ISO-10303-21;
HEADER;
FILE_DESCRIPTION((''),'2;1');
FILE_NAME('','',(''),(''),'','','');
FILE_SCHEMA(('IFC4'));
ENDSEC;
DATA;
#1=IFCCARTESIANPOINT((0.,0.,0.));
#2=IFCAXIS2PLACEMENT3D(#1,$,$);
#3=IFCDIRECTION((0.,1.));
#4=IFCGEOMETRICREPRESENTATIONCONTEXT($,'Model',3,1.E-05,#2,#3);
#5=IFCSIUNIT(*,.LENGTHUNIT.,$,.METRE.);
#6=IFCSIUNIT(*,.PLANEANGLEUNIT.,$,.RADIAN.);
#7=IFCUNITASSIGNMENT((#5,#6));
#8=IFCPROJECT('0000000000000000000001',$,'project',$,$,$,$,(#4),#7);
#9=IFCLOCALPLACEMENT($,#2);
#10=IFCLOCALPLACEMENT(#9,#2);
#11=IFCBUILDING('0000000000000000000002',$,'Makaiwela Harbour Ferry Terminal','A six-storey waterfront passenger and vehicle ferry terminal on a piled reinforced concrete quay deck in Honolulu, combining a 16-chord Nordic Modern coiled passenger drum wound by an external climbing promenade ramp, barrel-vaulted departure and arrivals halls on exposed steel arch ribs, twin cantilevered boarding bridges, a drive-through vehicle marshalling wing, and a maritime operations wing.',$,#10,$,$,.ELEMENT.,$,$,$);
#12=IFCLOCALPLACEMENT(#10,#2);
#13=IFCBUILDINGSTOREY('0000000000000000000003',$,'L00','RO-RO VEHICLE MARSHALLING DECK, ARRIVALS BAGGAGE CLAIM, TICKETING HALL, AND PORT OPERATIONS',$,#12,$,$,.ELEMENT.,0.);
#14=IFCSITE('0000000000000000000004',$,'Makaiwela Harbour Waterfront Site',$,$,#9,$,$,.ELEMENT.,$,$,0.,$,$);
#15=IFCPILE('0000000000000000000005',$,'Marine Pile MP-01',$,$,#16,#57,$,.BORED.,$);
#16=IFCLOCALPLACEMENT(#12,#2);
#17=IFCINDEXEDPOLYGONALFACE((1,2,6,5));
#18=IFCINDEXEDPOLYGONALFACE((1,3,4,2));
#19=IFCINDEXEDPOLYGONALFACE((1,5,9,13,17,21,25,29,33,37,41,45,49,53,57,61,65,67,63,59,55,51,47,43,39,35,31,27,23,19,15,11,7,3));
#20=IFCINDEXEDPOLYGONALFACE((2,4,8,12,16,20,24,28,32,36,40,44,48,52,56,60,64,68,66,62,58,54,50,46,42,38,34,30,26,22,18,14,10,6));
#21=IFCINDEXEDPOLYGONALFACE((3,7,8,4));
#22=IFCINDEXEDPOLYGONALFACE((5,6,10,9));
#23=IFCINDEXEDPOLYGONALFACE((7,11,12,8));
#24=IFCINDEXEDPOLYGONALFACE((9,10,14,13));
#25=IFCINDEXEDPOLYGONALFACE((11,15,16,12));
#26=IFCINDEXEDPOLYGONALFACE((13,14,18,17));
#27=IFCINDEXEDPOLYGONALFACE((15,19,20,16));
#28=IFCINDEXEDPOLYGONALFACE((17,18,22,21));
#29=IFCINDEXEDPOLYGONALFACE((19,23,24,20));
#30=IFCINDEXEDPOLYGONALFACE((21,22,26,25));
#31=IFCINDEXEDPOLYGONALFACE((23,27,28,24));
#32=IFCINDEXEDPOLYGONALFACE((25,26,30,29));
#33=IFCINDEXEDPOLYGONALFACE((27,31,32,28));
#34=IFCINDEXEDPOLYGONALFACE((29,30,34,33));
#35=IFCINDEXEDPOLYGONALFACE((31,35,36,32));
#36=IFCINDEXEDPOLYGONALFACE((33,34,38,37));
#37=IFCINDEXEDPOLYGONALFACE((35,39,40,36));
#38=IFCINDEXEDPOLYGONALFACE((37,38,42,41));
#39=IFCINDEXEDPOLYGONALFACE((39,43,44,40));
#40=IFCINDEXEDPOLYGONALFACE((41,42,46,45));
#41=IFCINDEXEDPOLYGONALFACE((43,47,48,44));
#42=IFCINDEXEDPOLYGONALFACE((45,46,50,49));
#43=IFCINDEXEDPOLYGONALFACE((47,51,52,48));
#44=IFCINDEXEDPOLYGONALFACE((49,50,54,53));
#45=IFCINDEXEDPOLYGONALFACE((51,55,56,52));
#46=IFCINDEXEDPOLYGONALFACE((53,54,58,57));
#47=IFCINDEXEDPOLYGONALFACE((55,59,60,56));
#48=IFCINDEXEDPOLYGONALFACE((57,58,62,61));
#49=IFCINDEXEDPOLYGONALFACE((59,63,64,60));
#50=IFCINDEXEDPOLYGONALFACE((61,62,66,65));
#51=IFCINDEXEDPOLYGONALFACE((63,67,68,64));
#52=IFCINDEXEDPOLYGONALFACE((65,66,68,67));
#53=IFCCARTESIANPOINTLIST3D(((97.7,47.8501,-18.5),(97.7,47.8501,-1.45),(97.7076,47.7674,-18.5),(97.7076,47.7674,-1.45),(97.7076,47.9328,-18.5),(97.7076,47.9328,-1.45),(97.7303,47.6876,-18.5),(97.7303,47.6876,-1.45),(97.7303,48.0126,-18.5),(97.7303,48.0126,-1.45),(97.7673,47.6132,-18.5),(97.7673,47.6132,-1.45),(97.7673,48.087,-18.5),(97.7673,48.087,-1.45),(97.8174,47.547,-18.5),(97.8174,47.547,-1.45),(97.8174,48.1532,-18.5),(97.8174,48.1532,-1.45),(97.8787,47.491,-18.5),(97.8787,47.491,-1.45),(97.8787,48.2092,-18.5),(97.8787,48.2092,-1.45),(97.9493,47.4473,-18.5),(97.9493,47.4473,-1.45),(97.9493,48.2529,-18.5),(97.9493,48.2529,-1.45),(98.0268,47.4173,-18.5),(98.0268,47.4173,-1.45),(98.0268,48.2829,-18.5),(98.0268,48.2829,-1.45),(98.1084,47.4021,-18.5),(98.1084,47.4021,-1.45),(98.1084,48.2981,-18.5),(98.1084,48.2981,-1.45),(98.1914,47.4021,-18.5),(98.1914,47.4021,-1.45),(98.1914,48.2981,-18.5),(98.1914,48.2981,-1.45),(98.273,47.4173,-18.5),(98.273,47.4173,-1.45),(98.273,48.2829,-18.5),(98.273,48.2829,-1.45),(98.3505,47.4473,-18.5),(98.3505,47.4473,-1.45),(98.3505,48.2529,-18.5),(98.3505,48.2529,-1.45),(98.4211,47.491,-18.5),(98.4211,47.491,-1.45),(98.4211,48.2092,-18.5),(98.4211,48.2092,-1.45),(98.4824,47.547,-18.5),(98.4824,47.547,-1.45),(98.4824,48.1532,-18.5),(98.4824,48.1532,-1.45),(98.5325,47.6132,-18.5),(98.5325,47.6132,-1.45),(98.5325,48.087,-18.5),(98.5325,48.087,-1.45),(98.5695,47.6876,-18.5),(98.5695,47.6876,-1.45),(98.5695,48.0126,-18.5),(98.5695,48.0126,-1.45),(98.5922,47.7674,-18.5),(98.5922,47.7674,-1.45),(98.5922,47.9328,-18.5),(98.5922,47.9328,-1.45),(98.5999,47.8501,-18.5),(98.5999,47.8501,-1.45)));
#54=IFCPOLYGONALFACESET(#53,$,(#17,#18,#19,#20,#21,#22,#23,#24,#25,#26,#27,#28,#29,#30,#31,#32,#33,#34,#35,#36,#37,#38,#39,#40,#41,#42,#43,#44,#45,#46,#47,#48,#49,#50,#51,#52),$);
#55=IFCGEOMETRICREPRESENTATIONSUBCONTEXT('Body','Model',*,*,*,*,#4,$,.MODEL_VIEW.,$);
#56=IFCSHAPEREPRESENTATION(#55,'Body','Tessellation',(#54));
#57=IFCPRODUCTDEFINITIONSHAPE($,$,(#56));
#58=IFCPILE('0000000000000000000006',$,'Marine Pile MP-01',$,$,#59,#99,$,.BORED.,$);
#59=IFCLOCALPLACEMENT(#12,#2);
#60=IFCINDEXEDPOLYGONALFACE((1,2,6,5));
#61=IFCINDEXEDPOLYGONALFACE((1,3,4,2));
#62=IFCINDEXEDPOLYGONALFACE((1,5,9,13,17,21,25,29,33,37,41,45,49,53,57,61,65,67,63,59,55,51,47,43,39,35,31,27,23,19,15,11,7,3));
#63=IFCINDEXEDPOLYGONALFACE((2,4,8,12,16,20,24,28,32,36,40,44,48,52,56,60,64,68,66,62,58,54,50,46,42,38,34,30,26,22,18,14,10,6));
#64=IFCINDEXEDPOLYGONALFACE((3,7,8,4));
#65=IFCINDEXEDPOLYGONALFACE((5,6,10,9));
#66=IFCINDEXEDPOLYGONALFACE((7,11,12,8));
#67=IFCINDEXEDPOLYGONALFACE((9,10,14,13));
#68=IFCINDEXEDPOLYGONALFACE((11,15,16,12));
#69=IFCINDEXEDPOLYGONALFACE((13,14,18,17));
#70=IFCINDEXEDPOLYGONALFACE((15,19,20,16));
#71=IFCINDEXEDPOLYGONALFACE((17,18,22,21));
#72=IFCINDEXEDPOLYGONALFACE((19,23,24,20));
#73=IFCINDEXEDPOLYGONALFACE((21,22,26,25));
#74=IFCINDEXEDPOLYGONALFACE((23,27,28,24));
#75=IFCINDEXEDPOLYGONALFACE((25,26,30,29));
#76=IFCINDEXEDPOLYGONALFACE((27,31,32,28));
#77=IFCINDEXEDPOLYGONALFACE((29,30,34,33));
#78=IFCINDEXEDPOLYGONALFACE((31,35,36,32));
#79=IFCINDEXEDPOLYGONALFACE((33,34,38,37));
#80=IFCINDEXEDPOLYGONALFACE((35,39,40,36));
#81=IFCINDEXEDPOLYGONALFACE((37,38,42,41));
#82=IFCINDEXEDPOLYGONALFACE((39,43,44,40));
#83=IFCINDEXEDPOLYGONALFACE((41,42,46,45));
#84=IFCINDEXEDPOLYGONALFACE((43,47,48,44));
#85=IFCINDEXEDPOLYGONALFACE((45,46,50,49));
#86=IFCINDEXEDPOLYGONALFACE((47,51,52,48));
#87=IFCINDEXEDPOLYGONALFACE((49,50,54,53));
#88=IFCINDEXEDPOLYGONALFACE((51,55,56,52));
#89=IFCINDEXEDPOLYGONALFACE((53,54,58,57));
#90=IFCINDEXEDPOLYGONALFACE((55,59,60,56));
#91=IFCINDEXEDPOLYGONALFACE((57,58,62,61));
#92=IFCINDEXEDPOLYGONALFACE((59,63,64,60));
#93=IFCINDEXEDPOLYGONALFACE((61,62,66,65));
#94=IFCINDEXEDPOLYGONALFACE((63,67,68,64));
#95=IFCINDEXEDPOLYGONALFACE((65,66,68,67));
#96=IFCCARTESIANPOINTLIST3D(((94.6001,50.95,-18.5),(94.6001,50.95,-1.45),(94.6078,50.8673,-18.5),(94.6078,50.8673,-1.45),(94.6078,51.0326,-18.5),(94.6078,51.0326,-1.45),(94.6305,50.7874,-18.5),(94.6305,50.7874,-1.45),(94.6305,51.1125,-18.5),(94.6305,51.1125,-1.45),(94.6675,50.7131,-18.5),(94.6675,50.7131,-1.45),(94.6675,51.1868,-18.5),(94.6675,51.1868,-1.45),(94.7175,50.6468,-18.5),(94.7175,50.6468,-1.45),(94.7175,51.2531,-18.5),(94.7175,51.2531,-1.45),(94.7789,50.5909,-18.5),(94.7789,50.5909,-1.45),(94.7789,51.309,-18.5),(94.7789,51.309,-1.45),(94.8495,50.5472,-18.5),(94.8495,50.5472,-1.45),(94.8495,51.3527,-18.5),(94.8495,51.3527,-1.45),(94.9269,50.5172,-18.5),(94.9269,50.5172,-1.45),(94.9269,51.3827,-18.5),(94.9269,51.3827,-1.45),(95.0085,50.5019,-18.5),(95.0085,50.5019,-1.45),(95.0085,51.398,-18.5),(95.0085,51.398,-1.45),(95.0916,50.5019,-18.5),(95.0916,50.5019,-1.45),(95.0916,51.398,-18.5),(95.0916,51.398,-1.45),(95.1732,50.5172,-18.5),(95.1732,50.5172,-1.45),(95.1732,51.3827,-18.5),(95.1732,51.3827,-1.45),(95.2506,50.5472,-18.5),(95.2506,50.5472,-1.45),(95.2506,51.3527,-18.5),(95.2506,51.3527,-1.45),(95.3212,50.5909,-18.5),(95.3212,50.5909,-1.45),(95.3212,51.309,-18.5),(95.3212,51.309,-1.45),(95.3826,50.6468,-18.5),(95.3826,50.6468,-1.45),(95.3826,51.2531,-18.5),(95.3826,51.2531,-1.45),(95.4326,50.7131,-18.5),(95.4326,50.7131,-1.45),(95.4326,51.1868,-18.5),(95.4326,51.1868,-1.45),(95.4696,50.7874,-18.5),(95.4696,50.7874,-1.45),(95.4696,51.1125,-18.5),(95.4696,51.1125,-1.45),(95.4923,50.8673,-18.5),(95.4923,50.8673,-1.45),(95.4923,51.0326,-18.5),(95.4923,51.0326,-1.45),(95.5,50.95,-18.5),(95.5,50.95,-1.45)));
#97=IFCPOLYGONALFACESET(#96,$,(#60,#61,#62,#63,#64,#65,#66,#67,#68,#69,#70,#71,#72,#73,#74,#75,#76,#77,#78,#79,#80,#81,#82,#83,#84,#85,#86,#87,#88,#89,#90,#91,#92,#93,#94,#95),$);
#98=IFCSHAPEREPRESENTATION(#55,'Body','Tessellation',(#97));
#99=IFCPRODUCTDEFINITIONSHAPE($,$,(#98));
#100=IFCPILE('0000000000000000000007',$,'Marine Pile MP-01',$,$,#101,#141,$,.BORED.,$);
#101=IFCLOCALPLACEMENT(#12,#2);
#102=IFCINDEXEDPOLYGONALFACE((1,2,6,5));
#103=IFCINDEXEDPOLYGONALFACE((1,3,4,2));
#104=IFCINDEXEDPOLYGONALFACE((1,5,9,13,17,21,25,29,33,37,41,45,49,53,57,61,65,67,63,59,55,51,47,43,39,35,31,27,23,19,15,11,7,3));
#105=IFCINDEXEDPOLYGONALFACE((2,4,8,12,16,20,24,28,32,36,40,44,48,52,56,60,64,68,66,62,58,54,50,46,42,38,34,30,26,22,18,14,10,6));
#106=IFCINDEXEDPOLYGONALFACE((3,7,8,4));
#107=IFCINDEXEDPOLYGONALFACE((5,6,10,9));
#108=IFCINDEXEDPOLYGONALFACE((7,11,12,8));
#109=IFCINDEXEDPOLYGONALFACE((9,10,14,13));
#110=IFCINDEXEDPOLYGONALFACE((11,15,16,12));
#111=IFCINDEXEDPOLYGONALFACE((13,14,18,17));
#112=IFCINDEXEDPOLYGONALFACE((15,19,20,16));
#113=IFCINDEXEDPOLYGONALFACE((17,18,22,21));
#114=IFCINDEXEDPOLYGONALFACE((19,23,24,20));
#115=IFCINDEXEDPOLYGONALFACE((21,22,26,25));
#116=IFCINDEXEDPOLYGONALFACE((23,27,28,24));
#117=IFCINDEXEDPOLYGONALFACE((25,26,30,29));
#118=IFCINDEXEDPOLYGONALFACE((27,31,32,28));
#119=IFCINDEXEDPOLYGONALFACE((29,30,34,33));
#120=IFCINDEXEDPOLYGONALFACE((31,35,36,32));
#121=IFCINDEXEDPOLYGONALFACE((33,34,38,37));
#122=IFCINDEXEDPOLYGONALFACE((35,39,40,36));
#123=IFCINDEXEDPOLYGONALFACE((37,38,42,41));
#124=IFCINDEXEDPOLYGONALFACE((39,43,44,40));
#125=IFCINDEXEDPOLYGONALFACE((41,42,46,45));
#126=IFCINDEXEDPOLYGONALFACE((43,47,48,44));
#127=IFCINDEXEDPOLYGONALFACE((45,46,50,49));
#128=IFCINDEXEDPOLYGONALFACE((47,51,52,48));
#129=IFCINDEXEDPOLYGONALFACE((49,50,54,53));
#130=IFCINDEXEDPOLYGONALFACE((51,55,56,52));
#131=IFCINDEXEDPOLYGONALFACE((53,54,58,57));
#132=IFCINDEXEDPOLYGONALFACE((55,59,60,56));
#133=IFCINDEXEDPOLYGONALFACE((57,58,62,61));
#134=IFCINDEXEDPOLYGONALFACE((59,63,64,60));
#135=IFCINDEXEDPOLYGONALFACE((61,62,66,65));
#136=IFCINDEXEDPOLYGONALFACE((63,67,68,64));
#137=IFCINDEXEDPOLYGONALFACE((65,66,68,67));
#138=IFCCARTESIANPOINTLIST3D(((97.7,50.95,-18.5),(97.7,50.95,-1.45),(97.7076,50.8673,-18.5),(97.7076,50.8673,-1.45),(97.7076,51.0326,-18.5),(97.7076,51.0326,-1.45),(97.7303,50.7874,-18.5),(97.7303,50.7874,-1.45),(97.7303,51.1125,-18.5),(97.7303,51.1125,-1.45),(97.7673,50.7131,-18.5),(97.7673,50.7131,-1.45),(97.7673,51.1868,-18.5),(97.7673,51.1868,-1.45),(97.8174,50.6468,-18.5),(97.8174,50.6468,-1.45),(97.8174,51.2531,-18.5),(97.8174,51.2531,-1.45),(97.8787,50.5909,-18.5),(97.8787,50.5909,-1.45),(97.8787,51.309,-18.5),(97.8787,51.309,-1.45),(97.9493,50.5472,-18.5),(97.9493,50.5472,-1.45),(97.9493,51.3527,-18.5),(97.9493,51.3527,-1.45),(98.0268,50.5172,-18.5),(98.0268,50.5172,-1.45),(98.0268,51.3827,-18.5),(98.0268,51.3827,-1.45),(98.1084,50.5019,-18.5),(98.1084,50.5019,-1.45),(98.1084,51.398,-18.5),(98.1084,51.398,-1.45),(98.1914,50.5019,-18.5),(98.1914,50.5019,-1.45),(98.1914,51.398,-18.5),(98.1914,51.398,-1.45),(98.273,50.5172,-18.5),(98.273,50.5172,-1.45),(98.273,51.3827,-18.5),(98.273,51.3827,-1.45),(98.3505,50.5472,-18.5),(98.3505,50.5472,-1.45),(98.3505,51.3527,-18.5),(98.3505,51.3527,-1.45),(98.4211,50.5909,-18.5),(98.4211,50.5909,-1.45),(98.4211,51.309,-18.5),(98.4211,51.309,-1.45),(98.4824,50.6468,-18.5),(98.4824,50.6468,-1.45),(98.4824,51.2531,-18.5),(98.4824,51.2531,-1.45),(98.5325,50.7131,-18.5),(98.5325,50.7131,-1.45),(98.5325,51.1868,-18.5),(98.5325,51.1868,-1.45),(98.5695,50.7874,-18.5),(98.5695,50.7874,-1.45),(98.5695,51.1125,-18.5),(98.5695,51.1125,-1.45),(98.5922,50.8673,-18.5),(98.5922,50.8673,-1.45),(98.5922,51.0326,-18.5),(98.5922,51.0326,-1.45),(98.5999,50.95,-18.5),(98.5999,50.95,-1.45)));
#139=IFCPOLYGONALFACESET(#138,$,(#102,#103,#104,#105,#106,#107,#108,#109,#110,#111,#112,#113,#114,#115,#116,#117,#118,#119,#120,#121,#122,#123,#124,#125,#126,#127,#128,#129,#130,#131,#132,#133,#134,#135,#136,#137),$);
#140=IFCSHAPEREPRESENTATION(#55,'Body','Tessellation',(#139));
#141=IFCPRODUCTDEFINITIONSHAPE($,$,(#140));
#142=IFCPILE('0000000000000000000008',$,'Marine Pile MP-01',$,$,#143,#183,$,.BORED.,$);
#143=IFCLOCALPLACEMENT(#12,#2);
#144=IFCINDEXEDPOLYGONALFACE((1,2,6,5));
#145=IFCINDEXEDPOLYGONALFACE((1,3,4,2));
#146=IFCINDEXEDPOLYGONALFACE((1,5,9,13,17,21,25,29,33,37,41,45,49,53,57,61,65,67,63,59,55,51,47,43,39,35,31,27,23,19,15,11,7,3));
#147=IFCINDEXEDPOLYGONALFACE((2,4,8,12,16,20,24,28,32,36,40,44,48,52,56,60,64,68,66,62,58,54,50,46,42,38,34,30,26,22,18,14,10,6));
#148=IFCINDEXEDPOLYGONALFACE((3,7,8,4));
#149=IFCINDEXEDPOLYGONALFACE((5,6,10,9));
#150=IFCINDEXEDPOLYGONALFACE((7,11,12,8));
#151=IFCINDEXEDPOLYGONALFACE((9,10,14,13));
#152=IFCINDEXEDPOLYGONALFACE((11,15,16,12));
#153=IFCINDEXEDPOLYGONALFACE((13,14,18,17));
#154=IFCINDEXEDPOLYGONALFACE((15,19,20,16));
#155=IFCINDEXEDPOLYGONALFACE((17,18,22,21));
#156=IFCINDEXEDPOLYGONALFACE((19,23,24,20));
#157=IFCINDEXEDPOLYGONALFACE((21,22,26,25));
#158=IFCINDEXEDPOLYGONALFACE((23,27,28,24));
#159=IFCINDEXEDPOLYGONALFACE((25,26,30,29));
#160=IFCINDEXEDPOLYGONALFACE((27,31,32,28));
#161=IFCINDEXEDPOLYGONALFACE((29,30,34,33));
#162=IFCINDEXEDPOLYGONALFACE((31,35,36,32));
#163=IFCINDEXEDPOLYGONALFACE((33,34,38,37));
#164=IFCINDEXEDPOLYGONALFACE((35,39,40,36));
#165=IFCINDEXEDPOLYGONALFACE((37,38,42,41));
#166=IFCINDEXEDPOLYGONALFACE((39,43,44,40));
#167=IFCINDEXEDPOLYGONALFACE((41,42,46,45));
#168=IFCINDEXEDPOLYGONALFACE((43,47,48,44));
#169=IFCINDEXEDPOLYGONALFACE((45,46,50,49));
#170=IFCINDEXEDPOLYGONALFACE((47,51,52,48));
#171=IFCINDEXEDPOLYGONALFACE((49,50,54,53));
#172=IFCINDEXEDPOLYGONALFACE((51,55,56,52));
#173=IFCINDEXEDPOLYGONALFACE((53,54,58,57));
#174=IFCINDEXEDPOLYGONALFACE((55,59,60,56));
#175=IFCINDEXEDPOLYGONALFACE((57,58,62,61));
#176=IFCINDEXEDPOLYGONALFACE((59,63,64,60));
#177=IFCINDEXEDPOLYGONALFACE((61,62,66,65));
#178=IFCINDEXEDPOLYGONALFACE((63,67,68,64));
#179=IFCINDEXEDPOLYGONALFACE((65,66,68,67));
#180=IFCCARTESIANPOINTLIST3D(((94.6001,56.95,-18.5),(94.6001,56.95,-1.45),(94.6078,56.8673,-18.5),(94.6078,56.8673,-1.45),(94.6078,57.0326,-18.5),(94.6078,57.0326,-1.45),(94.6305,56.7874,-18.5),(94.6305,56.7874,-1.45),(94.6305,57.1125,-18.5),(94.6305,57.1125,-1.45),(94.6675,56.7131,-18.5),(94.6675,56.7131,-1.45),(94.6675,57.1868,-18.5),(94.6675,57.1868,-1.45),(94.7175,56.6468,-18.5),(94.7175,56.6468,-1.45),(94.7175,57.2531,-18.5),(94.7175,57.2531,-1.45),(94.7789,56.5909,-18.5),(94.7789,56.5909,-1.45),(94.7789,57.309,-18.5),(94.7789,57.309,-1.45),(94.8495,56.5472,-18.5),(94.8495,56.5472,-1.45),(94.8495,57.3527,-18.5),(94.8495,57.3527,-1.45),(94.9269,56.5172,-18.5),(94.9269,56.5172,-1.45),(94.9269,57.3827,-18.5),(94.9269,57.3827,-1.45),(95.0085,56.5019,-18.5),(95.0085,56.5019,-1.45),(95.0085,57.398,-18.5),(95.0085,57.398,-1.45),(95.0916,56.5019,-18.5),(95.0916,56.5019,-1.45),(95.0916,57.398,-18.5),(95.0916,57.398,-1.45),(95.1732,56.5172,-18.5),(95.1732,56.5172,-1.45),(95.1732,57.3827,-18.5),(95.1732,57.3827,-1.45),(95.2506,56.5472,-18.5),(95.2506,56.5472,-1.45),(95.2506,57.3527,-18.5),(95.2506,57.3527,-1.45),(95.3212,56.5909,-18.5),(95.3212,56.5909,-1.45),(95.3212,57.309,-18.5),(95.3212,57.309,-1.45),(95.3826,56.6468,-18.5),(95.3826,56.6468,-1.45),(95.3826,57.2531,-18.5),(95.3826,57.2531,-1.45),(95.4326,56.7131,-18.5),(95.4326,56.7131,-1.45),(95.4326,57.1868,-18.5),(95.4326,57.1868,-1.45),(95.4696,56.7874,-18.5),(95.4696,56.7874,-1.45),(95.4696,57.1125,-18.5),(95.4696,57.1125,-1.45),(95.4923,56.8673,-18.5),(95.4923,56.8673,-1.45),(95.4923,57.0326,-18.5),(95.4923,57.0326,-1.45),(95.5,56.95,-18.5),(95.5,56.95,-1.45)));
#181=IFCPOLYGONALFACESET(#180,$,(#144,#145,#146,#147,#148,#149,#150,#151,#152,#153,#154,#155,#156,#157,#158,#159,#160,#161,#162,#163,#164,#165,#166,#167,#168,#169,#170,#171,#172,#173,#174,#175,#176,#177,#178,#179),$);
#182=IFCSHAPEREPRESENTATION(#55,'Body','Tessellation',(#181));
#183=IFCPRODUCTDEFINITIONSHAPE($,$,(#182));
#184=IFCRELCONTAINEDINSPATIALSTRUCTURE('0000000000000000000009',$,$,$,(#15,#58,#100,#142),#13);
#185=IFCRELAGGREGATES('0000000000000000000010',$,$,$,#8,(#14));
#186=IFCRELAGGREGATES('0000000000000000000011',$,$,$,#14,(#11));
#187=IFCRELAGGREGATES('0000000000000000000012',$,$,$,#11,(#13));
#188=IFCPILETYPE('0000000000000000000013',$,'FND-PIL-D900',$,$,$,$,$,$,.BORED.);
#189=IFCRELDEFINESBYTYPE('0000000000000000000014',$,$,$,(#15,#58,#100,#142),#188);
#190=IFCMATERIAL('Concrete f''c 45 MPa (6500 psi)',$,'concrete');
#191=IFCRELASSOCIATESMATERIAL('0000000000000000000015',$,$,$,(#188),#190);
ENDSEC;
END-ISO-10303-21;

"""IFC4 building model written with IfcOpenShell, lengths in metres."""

from ifc_helpers import new_model, si_unit, direction, frame, origin, origin_2d, place, context, subcontext, project, spatial, circle, extrude, material, material_profile, profile_set, type_object, element, save


model = new_model("IFC4")

# Units and contexts
model_context = context("Model", 3, precision=1e-05, world=origin(), true_north=direction((0.0, 1.0)))
body_context = subcontext(model_context, "Body", "Model", "MODEL_VIEW")
ifc_project = project(units=[si_unit("LENGTHUNIT", "METRE"), si_unit("PLANEANGLEUNIT", "RADIAN")], contexts=[model_context])

# Site, building, storey
site_placement = place(None, origin())
site = spatial("IfcSite", under=ifc_project, at=site_placement, Name="Makaiwela Harbour Waterfront Site", CompositionType="ELEMENT", RefElevation=0.0)
building_placement = place(site_placement, origin())
building = spatial("IfcBuilding", under=site, at=building_placement, Name="Makaiwela Harbour Ferry Terminal", Description="A six-storey waterfront passenger and vehicle ferry terminal on a piled reinforced concrete quay deck in Honolulu, combining a 16-chord Nordic Modern coiled passenger drum wound by an external climbing promenade ramp, barrel-vaulted departure and arrivals halls on exposed steel arch ribs, twin cantilevered boarding bridges, a drive-through vehicle marshalling wing, and a maritime operations wing.", CompositionType="ELEMENT")
storey_placement = place(building_placement, origin())
storey = spatial("IfcBuildingStorey", under=building, at=storey_placement, Name="L00", Description="RO-RO VEHICLE MARSHALLING DECK, ARRIVALS BAGGAGE CLAIM, TICKETING HALL, AND PORT OPERATIONS", CompositionType="ELEMENT", Elevation=0.0)

# Shared definitions
ifc_material_1 = material(Name="Concrete f'c 45 MPa (6500 psi)", Category="concrete")

# Piles
ifc_material_profile_1 = material_profile(ifc_material_1, circle(Radius=0.45, at=origin_2d()), Name="PILE-D900")
ifc_profile_set_1 = profile_set([ifc_material_profile_1], Name="Concrete f'c 45 MPa (6500 psi)")
pile_type = type_object("IfcPileType", Name="FND-PIL-D900", PredefinedType="BORED", material=ifc_profile_set_1)
for number, where, z_axis, x_axis, name in (
    (1, (98.1499, 47.8501, -1.45), (0.0, 0.0, -1.0), (1.0, 0.0, 0.0), "Marine Pile MP-01"),
    (2, (95.05, 50.95, -1.45), (0.0, 0.0, -1.0), (1.0, 0.0, 0.0), "Marine Pile MP-01"),
    (3, (98.1499, 50.95, -1.45), (0.0, 0.0, -1.0), (1.0, 0.0, 0.0), "Marine Pile MP-01"),
    (4, (95.05, 56.95, -1.45), (0.0, 0.0, -1.0), (1.0, 0.0, 0.0), "Marine Pile MP-01"),
):
    element("IfcPile", number, at=place(storey_placement, frame(where, z_axis=z_axis, x_axis=x_axis)), inside=storey, type_object=pile_type, Name=name, PredefinedType="BORED", context=body_context, shape_type="SweptSolid", body=[
        extrude(circle(Radius=0.45, at=origin_2d()), origin(), (0.0, 0.0, 1.0), 17.05),
    ])

save(model, "model.ifc")
